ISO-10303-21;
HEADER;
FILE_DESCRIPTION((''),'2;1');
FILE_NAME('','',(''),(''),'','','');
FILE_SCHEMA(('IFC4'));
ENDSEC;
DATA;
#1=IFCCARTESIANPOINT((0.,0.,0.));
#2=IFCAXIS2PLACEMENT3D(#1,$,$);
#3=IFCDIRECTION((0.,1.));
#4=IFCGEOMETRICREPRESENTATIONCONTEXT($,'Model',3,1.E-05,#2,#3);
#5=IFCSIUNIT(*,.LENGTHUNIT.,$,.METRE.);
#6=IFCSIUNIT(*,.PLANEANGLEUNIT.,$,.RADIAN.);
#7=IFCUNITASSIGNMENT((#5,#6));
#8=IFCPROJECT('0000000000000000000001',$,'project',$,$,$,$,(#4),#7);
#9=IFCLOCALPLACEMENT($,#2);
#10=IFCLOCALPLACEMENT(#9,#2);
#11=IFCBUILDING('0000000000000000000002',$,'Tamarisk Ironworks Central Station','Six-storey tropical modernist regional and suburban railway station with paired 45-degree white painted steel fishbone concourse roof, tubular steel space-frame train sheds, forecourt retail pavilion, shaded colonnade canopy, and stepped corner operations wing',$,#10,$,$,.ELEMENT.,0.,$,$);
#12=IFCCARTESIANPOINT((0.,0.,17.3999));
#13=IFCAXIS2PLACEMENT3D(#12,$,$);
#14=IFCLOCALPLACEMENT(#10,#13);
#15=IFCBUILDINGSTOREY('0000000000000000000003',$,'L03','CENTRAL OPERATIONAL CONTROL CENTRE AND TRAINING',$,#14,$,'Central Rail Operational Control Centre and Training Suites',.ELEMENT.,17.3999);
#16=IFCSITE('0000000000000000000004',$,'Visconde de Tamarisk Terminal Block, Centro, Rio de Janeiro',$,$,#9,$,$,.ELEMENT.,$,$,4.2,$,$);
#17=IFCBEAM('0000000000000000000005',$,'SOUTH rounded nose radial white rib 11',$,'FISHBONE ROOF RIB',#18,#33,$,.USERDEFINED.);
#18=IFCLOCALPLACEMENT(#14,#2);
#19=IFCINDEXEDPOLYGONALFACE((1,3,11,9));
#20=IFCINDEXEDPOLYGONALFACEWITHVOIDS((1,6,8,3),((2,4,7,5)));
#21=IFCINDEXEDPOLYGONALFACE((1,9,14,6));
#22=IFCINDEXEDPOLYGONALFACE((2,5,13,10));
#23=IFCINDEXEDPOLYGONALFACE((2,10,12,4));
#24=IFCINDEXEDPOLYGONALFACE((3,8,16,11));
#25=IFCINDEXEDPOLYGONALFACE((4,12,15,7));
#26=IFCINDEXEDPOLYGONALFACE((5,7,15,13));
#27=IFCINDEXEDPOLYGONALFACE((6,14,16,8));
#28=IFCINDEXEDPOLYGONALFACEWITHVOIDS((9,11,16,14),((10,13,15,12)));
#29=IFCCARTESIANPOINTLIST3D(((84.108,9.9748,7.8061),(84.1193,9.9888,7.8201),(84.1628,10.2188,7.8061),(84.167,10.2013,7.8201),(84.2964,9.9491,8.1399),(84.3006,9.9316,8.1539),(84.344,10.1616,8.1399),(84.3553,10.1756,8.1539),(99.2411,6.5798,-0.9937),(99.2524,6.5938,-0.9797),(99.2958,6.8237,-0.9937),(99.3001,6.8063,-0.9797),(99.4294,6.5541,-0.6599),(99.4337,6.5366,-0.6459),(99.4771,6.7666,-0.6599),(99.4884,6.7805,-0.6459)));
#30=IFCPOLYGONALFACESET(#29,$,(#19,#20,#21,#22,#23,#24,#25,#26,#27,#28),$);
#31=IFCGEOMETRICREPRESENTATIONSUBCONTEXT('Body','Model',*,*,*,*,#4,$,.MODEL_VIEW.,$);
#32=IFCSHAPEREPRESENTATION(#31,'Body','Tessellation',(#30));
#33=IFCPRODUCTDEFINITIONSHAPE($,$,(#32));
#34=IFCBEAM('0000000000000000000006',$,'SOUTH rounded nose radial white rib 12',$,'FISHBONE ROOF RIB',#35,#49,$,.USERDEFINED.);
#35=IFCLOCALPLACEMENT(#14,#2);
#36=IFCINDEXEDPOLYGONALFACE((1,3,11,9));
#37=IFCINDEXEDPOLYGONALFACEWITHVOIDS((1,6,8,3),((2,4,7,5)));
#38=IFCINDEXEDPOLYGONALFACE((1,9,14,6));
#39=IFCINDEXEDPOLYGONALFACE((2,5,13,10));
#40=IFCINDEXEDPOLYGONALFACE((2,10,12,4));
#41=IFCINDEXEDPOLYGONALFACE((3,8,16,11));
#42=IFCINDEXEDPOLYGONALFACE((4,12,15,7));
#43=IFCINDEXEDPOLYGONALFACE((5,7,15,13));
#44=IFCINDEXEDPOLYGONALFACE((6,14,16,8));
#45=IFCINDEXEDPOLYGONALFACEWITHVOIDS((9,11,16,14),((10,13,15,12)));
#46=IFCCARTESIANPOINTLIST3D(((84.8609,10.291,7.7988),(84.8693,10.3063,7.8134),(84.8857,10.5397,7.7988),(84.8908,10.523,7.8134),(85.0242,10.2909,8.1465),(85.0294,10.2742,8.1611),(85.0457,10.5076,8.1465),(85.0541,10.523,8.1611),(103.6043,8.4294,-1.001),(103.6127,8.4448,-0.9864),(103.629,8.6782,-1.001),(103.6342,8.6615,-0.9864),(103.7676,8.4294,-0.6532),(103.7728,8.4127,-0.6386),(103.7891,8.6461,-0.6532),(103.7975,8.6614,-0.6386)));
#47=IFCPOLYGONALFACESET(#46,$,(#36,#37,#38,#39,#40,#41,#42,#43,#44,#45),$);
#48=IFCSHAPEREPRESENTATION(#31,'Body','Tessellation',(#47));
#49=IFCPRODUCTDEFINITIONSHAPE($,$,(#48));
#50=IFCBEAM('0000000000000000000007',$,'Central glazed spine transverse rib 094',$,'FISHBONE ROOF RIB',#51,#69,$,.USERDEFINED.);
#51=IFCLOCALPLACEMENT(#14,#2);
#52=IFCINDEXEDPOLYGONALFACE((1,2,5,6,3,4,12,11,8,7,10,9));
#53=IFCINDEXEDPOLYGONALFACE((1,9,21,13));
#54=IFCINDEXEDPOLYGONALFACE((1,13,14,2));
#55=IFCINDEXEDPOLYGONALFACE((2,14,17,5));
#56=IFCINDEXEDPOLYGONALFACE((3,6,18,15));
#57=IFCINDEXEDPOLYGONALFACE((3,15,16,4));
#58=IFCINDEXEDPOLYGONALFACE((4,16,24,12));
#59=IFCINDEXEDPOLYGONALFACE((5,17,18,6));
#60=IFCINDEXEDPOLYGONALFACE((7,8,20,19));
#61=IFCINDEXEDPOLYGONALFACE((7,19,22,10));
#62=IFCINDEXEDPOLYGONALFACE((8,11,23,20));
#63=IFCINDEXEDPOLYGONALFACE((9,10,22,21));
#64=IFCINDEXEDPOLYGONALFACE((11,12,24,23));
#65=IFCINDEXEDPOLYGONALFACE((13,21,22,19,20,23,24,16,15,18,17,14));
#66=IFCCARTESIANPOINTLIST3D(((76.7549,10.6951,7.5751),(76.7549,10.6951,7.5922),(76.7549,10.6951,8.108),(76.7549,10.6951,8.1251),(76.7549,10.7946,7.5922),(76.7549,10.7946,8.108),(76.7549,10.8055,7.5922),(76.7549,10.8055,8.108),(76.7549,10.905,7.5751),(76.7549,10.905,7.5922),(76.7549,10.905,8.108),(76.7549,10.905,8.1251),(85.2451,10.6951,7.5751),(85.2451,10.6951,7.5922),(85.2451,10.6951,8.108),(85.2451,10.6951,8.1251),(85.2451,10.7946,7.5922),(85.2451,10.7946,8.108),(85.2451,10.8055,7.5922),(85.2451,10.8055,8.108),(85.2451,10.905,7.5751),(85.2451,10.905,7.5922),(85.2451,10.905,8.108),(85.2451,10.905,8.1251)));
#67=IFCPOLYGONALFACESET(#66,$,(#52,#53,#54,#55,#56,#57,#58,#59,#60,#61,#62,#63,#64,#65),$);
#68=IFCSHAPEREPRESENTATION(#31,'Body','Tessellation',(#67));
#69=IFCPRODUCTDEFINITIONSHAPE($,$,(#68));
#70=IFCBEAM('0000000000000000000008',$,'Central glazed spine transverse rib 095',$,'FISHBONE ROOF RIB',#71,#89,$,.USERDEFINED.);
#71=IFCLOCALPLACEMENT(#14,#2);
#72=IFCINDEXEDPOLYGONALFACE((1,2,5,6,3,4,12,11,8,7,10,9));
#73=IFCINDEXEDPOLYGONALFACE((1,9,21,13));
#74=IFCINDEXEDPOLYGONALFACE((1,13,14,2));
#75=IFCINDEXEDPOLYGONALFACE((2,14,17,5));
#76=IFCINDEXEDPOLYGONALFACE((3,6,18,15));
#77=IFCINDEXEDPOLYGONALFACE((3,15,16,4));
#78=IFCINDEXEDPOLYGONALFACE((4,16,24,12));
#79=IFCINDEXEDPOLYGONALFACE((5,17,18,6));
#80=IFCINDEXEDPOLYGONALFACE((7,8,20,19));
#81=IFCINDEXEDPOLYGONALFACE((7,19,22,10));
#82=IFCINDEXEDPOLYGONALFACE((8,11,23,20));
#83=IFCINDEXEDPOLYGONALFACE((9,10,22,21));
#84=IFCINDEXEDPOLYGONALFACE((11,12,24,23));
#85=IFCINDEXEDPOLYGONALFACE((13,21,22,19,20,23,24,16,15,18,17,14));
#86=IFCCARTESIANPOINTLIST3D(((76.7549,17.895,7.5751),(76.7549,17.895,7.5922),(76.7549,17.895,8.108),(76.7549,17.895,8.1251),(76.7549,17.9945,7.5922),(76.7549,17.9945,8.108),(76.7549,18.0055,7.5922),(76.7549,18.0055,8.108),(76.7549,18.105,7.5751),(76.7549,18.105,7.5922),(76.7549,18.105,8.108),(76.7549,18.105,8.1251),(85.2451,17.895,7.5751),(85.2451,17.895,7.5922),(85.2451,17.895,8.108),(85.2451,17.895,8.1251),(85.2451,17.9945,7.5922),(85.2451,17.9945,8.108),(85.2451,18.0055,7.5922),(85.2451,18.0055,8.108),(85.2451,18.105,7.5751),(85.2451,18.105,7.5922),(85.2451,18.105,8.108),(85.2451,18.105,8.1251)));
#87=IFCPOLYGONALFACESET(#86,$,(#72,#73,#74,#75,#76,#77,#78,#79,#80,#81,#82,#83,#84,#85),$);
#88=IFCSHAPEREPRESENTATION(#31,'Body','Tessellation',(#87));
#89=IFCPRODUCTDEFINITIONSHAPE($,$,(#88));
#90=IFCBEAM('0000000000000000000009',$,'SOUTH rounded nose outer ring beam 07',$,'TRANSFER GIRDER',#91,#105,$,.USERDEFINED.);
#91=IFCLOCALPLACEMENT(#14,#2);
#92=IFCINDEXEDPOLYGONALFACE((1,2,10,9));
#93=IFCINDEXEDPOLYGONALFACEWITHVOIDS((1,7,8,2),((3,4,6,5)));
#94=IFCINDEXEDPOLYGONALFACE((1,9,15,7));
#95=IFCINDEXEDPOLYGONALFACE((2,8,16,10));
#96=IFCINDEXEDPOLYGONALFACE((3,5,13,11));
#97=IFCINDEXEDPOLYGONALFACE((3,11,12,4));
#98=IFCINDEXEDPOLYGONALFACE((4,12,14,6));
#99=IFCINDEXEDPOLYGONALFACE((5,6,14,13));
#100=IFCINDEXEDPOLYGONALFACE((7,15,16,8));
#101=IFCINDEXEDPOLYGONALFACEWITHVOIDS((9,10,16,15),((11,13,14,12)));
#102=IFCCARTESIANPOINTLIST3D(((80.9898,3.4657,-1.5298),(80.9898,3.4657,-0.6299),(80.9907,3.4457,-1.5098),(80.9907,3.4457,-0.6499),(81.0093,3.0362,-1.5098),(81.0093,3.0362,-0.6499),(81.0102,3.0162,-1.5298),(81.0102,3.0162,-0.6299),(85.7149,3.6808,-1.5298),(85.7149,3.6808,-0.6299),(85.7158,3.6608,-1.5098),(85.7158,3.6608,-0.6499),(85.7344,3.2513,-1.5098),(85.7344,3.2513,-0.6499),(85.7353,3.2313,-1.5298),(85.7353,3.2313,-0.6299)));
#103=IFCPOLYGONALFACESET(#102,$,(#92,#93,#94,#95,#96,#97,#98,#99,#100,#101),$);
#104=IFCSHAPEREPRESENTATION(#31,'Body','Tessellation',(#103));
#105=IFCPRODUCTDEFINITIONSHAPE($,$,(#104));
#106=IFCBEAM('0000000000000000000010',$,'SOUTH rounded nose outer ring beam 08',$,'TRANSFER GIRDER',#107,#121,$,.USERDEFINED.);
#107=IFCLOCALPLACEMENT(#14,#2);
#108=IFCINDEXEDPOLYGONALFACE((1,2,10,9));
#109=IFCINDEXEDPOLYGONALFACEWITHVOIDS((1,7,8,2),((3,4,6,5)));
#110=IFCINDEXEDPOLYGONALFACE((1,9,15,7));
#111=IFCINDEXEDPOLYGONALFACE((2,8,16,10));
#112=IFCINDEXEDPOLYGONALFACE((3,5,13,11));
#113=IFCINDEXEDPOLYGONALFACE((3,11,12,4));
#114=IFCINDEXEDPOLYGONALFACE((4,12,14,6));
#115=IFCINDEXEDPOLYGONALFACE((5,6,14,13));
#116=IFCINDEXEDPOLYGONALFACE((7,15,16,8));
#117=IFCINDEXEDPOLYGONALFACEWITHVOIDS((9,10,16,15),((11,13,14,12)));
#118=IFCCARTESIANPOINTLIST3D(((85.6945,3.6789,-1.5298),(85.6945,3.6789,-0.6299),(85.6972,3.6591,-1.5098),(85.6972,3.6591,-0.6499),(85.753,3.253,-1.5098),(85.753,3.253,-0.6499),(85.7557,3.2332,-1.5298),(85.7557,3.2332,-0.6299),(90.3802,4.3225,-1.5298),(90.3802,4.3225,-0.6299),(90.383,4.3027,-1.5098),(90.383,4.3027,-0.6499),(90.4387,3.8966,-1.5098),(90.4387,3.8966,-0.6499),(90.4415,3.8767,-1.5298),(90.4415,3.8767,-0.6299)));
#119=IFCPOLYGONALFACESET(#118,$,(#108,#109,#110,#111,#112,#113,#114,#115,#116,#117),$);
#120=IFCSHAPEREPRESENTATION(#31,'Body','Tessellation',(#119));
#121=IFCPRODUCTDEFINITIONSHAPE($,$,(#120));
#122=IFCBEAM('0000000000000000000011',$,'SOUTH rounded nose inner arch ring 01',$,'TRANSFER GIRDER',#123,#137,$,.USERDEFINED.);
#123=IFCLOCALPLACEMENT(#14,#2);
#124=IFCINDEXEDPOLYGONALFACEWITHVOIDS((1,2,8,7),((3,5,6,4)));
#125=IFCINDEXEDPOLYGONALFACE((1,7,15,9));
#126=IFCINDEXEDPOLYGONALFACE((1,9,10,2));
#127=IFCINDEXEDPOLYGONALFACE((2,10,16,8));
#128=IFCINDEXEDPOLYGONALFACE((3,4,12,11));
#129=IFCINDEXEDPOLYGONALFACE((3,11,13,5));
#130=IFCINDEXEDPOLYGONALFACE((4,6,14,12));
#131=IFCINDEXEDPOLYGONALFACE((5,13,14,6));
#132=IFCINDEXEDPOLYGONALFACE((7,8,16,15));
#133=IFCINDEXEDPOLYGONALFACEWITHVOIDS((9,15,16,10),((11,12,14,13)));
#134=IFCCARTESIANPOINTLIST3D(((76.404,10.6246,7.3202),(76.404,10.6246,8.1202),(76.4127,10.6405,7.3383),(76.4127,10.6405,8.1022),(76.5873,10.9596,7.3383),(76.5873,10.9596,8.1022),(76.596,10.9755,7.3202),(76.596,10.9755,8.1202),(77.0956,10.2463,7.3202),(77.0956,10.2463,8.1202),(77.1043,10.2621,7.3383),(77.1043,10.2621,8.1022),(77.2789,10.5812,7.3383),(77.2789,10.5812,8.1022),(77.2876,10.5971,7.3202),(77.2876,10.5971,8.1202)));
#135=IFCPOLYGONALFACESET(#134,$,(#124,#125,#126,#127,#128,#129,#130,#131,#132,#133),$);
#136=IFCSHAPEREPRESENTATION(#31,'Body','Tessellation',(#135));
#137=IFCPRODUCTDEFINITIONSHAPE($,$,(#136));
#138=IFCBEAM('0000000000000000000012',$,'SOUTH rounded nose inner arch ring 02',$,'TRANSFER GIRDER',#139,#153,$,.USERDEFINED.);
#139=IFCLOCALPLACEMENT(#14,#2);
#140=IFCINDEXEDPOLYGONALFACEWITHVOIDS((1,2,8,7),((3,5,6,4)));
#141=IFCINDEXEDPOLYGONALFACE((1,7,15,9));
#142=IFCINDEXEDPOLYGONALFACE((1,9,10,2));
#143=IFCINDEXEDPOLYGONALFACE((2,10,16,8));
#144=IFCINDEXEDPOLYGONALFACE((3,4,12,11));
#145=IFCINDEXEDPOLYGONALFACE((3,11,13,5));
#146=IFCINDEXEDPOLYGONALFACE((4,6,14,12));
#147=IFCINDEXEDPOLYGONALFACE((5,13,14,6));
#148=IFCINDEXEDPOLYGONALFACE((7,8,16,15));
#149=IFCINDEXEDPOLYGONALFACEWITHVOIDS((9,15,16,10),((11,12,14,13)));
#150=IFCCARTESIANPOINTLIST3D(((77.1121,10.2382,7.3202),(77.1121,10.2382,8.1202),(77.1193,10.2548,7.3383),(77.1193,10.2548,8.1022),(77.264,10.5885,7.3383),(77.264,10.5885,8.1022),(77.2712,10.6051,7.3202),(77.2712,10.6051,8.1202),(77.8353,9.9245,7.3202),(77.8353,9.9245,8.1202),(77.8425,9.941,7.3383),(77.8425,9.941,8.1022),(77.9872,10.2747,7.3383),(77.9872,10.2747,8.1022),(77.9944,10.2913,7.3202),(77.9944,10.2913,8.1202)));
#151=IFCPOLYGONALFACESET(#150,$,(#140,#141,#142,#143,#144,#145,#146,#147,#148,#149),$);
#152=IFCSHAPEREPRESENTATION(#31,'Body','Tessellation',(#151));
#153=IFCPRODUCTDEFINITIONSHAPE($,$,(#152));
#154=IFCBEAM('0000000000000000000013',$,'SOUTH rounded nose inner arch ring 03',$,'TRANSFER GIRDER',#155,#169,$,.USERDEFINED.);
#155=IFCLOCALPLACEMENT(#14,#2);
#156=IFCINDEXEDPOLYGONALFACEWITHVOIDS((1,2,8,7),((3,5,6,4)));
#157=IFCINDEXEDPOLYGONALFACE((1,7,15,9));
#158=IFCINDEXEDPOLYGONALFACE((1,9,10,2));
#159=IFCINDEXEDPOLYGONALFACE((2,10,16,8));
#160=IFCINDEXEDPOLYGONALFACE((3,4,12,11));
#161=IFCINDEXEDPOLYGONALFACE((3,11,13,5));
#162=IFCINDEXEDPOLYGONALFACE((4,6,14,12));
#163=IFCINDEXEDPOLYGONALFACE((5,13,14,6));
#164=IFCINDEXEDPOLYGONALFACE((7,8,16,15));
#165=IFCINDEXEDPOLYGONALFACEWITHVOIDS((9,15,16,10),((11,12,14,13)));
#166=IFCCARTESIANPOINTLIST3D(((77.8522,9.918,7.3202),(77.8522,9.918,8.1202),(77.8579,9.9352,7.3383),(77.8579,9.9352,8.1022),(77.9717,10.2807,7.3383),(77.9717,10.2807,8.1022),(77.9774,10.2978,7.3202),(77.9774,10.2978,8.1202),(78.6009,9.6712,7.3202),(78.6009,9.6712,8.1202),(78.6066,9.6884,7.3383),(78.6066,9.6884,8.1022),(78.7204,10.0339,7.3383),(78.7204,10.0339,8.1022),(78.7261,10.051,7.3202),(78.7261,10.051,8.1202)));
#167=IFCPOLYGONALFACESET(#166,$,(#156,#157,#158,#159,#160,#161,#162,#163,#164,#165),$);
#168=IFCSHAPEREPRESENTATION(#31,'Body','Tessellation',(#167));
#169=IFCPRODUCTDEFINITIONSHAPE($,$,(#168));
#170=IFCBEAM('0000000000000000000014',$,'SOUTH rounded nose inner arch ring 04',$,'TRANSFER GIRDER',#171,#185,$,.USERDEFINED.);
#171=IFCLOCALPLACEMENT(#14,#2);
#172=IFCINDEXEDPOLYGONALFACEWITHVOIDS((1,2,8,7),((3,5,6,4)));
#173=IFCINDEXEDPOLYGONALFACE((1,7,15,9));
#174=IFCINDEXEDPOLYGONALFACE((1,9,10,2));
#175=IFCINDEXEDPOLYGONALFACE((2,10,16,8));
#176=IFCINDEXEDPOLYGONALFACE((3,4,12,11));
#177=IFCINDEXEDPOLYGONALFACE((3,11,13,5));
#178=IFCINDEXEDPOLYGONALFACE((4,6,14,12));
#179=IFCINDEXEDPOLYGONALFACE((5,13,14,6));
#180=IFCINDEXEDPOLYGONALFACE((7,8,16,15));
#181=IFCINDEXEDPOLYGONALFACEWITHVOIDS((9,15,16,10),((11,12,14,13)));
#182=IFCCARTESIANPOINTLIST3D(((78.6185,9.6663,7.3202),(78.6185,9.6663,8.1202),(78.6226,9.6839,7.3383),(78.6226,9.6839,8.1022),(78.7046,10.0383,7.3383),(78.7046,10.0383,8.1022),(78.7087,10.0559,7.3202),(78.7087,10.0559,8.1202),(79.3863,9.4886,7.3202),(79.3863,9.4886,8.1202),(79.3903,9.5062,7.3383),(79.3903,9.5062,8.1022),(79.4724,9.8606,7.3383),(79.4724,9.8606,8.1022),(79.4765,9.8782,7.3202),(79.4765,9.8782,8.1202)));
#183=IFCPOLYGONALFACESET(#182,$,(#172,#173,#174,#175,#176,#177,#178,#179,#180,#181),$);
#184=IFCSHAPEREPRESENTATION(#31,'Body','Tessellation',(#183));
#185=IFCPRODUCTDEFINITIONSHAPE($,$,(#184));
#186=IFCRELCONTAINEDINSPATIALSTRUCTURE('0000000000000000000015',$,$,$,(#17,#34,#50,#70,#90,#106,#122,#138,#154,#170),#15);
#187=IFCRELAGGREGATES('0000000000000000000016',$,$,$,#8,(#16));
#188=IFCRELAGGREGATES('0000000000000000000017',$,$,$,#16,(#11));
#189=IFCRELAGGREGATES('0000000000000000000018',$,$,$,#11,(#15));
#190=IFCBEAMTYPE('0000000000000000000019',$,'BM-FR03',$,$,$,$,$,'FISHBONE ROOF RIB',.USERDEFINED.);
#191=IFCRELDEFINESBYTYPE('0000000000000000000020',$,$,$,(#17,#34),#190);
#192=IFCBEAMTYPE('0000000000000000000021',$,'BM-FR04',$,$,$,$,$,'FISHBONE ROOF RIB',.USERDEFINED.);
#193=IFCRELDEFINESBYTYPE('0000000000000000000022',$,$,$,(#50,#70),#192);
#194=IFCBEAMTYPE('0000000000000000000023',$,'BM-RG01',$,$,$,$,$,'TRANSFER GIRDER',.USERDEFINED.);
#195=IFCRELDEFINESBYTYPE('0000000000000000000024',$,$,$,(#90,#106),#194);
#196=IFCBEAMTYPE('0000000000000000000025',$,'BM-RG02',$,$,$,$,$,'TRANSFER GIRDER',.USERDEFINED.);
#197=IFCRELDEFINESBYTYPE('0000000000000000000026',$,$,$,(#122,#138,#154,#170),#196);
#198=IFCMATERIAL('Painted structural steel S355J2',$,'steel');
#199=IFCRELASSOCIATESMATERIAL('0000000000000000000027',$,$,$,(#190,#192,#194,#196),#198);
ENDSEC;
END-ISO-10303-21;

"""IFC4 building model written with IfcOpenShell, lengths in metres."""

from ifc_helpers import new_model, si_unit, direction, frame, origin, origin_2d, place, context, subcontext, project, spatial, hollow_rectangle, i_section, extrude, material, material_profile, profile_set, type_object, element, save


model = new_model("IFC4")

# Units and contexts
model_context = context("Model", 3, precision=1e-05, world=origin(), true_north=direction((0.0, 1.0)))
body_context = subcontext(model_context, "Body", "Model", "MODEL_VIEW")
ifc_project = project(units=[si_unit("LENGTHUNIT", "METRE"), si_unit("PLANEANGLEUNIT", "RADIAN")], contexts=[model_context])

# Site, building, storey
site_placement = place(None, origin())
site = spatial("IfcSite", under=ifc_project, at=site_placement, Name="Visconde de Tamarisk Terminal Block, Centro, Rio de Janeiro", CompositionType="ELEMENT", RefElevation=4.2)
building_placement = place(site_placement, origin())
building = spatial("IfcBuilding", under=site, at=building_placement, Name="Tamarisk Ironworks Central Station", Description="Six-storey tropical modernist regional and suburban railway station with paired 45-degree white painted steel fishbone concourse roof, tubular steel space-frame train sheds, forecourt retail pavilion, shaded colonnade canopy, and stepped corner operations wing", CompositionType="ELEMENT", ElevationOfRefHeight=0.0)
storey_placement = place(building_placement, frame((0.0, 0.0, 17.3999)))
storey = spatial("IfcBuildingStorey", under=building, at=storey_placement, Name="L03", Description="CENTRAL OPERATIONAL CONTROL CENTRE AND TRAINING", LongName="Central Rail Operational Control Centre and Training Suites", CompositionType="ELEMENT", Elevation=17.3999)

# Beams
ifc_material_1 = material(Name="Painted structural steel S355J2", Category="steel")
ifc_material_profile_1 = material_profile(ifc_material_1, hollow_rectangle(XDim=0.25, YDim=0.3999, WallThickness=0.0161, at=origin_2d()), Name="RHS 400x250x16")
ifc_profile_set_1 = profile_set([ifc_material_profile_1], Name="Painted structural steel S355J2")
beam_type_1 = type_object("IfcBeamType", Name="BM-FR03", ElementType="FISHBONE ROOF RIB", PredefinedType="USERDEFINED", material=ifc_profile_set_1)
beam_1_placement = place(storey_placement, frame((84.2317, 10.0752, 7.98), z_axis=(0.848657, -0.190392, -0.49349), x_axis=(0.218903, 0.975747, 0.0)))
element("IfcBeam", 1, at=beam_1_placement, inside=storey, type_object=beam_type_1, Name="SOUTH rounded nose radial white rib 11", ObjectType="FISHBONE ROOF RIB", PredefinedType="USERDEFINED", context=body_context, shape_type="SweptSolid", body=[
    extrude(hollow_rectangle(XDim=0.25, YDim=0.3999, WallThickness=0.0161, at=origin_2d()), origin(), (0.0, 0.0, 1.0), 17.8318),
])
beam_2_placement = place(storey_placement, frame((84.9575, 10.407, 7.98), z_axis=(0.901566, -0.089542, -0.423274), x_axis=(0.098833, 0.995104, 0.0)))
element("IfcBeam", 2, at=beam_2_placement, inside=storey, type_object=beam_type_1, Name="SOUTH rounded nose radial white rib 12", ObjectType="FISHBONE ROOF RIB", PredefinedType="USERDEFINED", context=body_context, shape_type="SweptSolid", body=[
    extrude(hollow_rectangle(XDim=0.25, YDim=0.3999, WallThickness=0.0161, at=origin_2d()), origin(), (0.0, 0.0, 1.0), 20.7898),
])
ifc_material_profile_2 = material_profile(ifc_material_1, i_section(OverallWidth=0.21, OverallDepth=0.55, WebThickness=0.011, FlangeThickness=0.0171, at=origin_2d()), Name="IPE 550")
ifc_profile_set_2 = profile_set([ifc_material_profile_2], Name="Painted structural steel S355J2")
beam_type_2 = type_object("IfcBeamType", Name="BM-FR04", ElementType="FISHBONE ROOF RIB", PredefinedType="USERDEFINED", material=ifc_profile_set_2)
for number, where, z_axis, x_axis, name in (
    (3, (76.7549, 10.8, 7.8501), (1.0, 0.0, 0.0), (0.0, 1.0, 0.0), "Central glazed spine transverse rib 094"),
    (4, (76.7549, 18.0, 7.8501), (1.0, 0.0, 0.0), (0.0, 1.0, 0.0), "Central glazed spine transverse rib 095"),
):
    element("IfcBeam", number, at=place(storey_placement, frame(where, z_axis=z_axis, x_axis=x_axis)), inside=storey, type_object=beam_type_2, Name=name, ObjectType="FISHBONE ROOF RIB", PredefinedType="USERDEFINED", context=body_context, shape_type="SweptSolid", body=[
        extrude(i_section(OverallWidth=0.21, OverallDepth=0.55, WebThickness=0.011, FlangeThickness=0.0171, at=origin_2d()), origin(), (0.0, 0.0, 1.0), 8.4902),
    ])
ifc_material_profile_3 = material_profile(ifc_material_1, hollow_rectangle(XDim=0.45, YDim=0.8999, WallThickness=0.02, at=origin_2d()), Name="BOX 450x900x20")
ifc_profile_set_3 = profile_set([ifc_material_profile_3], Name="Painted structural steel S355J2")
beam_type_3 = type_object("IfcBeamType", Name="BM-RG01", ElementType="TRANSFER GIRDER", PredefinedType="USERDEFINED", material=ifc_profile_set_3)
beam_3_placement = place(storey_placement, frame((81.0, 3.241, -1.0798), z_axis=(0.998966, 0.045473, 0.0), x_axis=(-0.045473, 0.998966, 0.0)))
element("IfcBeam", 5, at=beam_3_placement, inside=storey, type_object=beam_type_3, Name="SOUTH rounded nose outer ring beam 07", ObjectType="TRANSFER GIRDER", PredefinedType="USERDEFINED", context=body_context, shape_type="SweptSolid", body=[
    extrude(hollow_rectangle(XDim=0.45, YDim=0.8999, WallThickness=0.02, at=origin_2d()), origin(), (0.0, 0.0, 1.0), 4.73),
])
beam_4_placement = place(storey_placement, frame((85.7251, 3.4561, -1.0798), z_axis=(0.9907, 0.136064, 0.0), x_axis=(-0.136064, 0.9907, 0.0)))
element("IfcBeam", 6, at=beam_4_placement, inside=storey, type_object=beam_type_3, Name="SOUTH rounded nose outer ring beam 08", ObjectType="TRANSFER GIRDER", PredefinedType="USERDEFINED", context=body_context, shape_type="SweptSolid", body=[
    extrude(hollow_rectangle(XDim=0.45, YDim=0.8999, WallThickness=0.02, at=origin_2d()), origin(), (0.0, 0.0, 1.0), 4.7297),
])
ifc_material_profile_4 = material_profile(ifc_material_1, hollow_rectangle(XDim=0.3999, YDim=0.8, WallThickness=0.0181, at=origin_2d()), Name="BOX 400x800x18")
ifc_profile_set_4 = profile_set([ifc_material_profile_4], Name="Painted structural steel S355J2")
beam_type_4 = type_object("IfcBeamType", Name="BM-RG02", ElementType="TRANSFER GIRDER", PredefinedType="USERDEFINED", material=ifc_profile_set_4)
for number, where, z_axis, x_axis, name in (
    (7, (76.5, 10.8, 7.7202), (0.877279, -0.47998, 0.0), (0.47998, 0.877279, 0.0), "SOUTH rounded nose inner arch ring 01"),
    (8, (77.1917, 10.4216, 7.7202), (0.91739, -0.39799, 0.0), (0.39799, 0.91739, 0.0), "SOUTH rounded nose inner arch ring 02"),
    (9, (77.9148, 10.1079, 7.7202), (0.949731, -0.313067, 0.0), (0.313067, 0.949731, 0.0), "SOUTH rounded nose inner arch ring 03"),
):
    element("IfcBeam", number, at=place(storey_placement, frame(where, z_axis=z_axis, x_axis=x_axis)), inside=storey, type_object=beam_type_4, Name=name, ObjectType="TRANSFER GIRDER", PredefinedType="USERDEFINED", context=body_context, shape_type="SweptSolid", body=[
        extrude(hollow_rectangle(XDim=0.3999, YDim=0.8, WallThickness=0.0181, at=origin_2d()), origin(), (0.0, 0.0, 1.0), 0.7883),
    ])
beam_5_placement = place(storey_placement, frame((78.6636, 9.8611, 7.7202), z_axis=(0.97424, -0.225516, 0.0), x_axis=(0.225516, 0.97424, 0.0)))
element("IfcBeam", 10, at=beam_5_placement, inside=storey, type_object=beam_type_4, Name="SOUTH rounded nose inner arch ring 04", ObjectType="TRANSFER GIRDER", PredefinedType="USERDEFINED", context=body_context, shape_type="SweptSolid", body=[
    extrude(hollow_rectangle(XDim=0.3999, YDim=0.8, WallThickness=0.0181, at=origin_2d()), origin(), (0.0, 0.0, 1.0), 0.7881),
])

save(model, "model.ifc")
